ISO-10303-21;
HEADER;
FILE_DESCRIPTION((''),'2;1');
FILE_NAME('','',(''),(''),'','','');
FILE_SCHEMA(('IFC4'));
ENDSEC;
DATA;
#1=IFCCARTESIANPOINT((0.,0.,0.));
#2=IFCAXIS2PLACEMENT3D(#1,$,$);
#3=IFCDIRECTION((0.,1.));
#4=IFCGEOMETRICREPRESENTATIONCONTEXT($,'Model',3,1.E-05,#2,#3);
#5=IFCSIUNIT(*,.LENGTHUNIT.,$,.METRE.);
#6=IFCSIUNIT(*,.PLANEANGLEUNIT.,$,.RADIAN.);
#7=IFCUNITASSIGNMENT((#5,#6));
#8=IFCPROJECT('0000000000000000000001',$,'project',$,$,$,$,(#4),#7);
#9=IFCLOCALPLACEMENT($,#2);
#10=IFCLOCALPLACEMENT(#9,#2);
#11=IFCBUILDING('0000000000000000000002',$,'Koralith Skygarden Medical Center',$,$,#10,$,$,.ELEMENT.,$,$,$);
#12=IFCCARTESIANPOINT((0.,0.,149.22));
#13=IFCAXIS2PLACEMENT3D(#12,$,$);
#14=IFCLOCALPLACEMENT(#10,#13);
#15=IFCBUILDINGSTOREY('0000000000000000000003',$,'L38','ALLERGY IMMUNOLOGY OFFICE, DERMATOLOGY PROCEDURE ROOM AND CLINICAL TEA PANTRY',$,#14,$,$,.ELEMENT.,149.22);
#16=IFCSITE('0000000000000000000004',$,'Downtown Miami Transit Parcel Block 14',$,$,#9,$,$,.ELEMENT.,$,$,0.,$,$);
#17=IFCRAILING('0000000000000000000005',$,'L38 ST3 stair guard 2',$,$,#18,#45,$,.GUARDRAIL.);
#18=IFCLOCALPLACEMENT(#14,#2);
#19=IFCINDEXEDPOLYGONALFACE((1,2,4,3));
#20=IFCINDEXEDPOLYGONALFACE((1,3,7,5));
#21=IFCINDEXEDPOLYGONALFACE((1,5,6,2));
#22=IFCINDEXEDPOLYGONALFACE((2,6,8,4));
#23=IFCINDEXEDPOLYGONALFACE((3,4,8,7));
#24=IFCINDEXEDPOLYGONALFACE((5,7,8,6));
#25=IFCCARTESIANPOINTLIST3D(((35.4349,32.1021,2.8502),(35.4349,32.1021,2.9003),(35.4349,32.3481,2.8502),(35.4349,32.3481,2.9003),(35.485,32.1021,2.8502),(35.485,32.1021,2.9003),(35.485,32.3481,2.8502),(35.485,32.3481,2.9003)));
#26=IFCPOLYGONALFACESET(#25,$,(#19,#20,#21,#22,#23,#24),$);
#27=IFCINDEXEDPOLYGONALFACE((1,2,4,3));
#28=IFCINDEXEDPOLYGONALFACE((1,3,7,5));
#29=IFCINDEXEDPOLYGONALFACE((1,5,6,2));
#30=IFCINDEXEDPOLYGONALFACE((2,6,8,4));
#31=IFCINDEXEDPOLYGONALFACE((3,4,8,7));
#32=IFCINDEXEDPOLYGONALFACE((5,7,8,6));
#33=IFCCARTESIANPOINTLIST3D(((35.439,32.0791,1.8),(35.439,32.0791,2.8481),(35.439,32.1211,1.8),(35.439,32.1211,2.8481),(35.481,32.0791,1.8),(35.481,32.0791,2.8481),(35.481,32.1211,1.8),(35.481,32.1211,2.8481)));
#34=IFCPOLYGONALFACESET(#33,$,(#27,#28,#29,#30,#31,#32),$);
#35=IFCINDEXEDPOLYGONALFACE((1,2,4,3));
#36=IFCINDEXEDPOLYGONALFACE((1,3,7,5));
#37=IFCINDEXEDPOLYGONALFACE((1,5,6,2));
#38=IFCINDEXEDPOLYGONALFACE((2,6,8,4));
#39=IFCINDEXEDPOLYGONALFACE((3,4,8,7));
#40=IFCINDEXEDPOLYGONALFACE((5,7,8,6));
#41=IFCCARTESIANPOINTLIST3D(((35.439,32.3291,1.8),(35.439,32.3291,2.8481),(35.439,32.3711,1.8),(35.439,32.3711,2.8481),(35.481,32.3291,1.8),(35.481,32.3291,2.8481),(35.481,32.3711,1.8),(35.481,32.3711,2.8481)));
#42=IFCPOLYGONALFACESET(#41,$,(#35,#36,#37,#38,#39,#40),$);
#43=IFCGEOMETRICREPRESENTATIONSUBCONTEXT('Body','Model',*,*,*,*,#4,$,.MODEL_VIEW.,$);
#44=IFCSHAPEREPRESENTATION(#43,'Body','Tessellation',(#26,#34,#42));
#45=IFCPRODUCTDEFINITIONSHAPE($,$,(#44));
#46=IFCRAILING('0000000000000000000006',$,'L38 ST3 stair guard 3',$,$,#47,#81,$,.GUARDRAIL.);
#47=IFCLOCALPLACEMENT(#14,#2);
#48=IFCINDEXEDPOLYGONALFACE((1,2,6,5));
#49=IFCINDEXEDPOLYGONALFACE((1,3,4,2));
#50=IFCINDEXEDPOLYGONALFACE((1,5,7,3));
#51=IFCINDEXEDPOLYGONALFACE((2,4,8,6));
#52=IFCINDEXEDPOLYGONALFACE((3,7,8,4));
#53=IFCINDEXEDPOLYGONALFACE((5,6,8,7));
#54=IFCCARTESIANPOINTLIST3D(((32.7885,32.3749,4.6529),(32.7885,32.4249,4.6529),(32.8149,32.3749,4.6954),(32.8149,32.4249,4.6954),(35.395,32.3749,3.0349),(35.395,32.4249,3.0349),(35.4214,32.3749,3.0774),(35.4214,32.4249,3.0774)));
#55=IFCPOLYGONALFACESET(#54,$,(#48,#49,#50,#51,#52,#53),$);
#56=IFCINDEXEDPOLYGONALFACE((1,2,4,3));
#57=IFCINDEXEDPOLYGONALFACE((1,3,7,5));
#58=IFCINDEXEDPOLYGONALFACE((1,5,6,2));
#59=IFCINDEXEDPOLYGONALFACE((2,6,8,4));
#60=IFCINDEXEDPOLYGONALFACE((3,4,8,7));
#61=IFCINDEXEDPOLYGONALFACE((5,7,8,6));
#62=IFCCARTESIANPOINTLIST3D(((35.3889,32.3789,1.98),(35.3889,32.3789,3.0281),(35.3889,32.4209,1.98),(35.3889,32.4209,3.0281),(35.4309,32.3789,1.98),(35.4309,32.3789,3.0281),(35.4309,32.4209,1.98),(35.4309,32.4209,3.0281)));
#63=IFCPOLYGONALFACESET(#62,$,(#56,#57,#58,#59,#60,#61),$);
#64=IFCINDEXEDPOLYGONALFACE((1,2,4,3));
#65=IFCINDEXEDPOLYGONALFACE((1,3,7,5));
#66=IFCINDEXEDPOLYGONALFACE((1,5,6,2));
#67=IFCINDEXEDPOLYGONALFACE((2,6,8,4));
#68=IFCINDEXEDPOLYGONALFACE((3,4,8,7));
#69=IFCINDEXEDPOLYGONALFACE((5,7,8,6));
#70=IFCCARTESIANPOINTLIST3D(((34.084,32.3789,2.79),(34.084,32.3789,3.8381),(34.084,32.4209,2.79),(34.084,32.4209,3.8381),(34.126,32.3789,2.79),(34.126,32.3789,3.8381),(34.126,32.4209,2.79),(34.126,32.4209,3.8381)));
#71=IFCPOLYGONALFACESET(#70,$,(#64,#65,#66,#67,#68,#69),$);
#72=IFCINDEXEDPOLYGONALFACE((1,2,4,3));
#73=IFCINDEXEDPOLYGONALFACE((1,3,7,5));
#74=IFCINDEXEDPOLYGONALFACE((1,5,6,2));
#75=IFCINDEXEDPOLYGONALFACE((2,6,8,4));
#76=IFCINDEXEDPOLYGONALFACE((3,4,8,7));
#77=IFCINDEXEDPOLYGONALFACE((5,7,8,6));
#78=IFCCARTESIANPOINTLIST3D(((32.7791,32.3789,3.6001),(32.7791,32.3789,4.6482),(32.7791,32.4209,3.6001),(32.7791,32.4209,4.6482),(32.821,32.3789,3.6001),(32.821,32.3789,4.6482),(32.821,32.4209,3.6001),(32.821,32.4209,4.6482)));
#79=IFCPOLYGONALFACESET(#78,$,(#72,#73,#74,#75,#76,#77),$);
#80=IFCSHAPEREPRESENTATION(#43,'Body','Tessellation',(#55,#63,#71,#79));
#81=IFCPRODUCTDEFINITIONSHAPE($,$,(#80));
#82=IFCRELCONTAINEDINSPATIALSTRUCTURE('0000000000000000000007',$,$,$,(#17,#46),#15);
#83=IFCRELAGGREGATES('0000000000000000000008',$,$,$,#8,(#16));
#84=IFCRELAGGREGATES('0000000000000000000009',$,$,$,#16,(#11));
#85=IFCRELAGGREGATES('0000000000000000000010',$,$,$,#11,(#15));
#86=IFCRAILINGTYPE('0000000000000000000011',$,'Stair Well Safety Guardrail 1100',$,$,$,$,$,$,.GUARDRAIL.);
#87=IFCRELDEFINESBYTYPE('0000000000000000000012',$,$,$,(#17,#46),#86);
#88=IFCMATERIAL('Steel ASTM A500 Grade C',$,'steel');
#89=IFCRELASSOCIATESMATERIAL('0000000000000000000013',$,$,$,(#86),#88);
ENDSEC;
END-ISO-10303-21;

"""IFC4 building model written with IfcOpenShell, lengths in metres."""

from ifc_helpers import new_model, si_unit, direction, frame, origin, origin_2d, place, context, subcontext, project, spatial, rectangle, extrude, material, type_object, element, save


model = new_model("IFC4")

# Units and contexts
model_context = context("Model", 3, precision=1e-05, world=origin(), true_north=direction((0.0, 1.0)))
body_context = subcontext(model_context, "Body", "Model", "MODEL_VIEW")
ifc_project = project(units=[si_unit("LENGTHUNIT", "METRE"), si_unit("PLANEANGLEUNIT", "RADIAN")], contexts=[model_context])

# Site, building, storey
site_placement = place(None, origin())
site = spatial("IfcSite", under=ifc_project, at=site_placement, Name="Downtown Miami Transit Parcel Block 14", CompositionType="ELEMENT", RefElevation=0.0)
building_placement = place(site_placement, origin())
building = spatial("IfcBuilding", under=site, at=building_placement, Name="Koralith Skygarden Medical Center", CompositionType="ELEMENT")
storey_placement = place(building_placement, frame((0.0, 0.0, 149.22)))
storey = spatial("IfcBuildingStorey", under=building, at=storey_placement, Name="L38", Description="ALLERGY IMMUNOLOGY OFFICE, DERMATOLOGY PROCEDURE ROOM AND CLINICAL TEA PANTRY", CompositionType="ELEMENT", Elevation=149.22)

# Shared definitions
ifc_material_1 = material(Name="Steel ASTM A500 Grade C", Category="steel")

# Railings
railing_type_1 = type_object("IfcRailingType", Name="Stair Well Safety Guardrail 1100", PredefinedType="GUARDRAIL", material=ifc_material_1)
railing_1_placement = place(storey_placement, frame((35.46, 32.1001, 1.8)))
element("IfcRailing", 1, at=railing_1_placement, inside=storey, type_object=railing_type_1, Name="L38 ST3 stair guard 2", PredefinedType="GUARDRAIL", context=body_context, shape_type="SweptSolid", body=[
    extrude(rectangle(XDim=0.05, YDim=0.05, at=origin_2d()), frame((0.0, 0.002, 1.0752), z_axis=(0.0, 1.0, 0.0), x_axis=(-1.0, 0.0, 0.0)), (0.0, 0.0, 1.0), 0.2461),
    extrude(rectangle(XDim=0.042, YDim=0.042, at=origin_2d()), origin(), (0.0, 0.0, 1.0), 1.0481),
    extrude(rectangle(XDim=0.042, YDim=0.042, at=origin_2d()), frame((0.0, 0.25, 0.0)), (0.0, 0.0, 1.0), 1.0481),
])
railing_2_placement = place(storey_placement, frame((35.4099, 32.3999, 1.98)))
element("IfcRailing", 2, at=railing_2_placement, inside=storey, type_object=railing_type_1, Name="L38 ST3 stair guard 3", PredefinedType="GUARDRAIL", context=body_context, shape_type="SweptSolid", body=[
    extrude(rectangle(XDim=0.05, YDim=0.05, at=origin_2d()), frame((-0.0017, 0.0, 1.0762), z_axis=(-0.849611, 0.0, 0.52741), x_axis=(0.0, -1.0, 0.0)), (0.0, 0.0, 1.0), 3.0679),
    extrude(rectangle(XDim=0.042, YDim=0.042, at=origin_2d()), origin(), (0.0, 0.0, 1.0), 1.0481),
    extrude(rectangle(XDim=0.042, YDim=0.042, at=origin_2d()), frame((-1.3049, 0.0, 0.8101)), (0.0, 0.0, 1.0), 1.0481),
    extrude(rectangle(XDim=0.042, YDim=0.042, at=origin_2d()), frame((-2.6099, 0.0, 1.6201)), (0.0, 0.0, 1.0), 1.0481),
])

save(model, "model.ifc")
